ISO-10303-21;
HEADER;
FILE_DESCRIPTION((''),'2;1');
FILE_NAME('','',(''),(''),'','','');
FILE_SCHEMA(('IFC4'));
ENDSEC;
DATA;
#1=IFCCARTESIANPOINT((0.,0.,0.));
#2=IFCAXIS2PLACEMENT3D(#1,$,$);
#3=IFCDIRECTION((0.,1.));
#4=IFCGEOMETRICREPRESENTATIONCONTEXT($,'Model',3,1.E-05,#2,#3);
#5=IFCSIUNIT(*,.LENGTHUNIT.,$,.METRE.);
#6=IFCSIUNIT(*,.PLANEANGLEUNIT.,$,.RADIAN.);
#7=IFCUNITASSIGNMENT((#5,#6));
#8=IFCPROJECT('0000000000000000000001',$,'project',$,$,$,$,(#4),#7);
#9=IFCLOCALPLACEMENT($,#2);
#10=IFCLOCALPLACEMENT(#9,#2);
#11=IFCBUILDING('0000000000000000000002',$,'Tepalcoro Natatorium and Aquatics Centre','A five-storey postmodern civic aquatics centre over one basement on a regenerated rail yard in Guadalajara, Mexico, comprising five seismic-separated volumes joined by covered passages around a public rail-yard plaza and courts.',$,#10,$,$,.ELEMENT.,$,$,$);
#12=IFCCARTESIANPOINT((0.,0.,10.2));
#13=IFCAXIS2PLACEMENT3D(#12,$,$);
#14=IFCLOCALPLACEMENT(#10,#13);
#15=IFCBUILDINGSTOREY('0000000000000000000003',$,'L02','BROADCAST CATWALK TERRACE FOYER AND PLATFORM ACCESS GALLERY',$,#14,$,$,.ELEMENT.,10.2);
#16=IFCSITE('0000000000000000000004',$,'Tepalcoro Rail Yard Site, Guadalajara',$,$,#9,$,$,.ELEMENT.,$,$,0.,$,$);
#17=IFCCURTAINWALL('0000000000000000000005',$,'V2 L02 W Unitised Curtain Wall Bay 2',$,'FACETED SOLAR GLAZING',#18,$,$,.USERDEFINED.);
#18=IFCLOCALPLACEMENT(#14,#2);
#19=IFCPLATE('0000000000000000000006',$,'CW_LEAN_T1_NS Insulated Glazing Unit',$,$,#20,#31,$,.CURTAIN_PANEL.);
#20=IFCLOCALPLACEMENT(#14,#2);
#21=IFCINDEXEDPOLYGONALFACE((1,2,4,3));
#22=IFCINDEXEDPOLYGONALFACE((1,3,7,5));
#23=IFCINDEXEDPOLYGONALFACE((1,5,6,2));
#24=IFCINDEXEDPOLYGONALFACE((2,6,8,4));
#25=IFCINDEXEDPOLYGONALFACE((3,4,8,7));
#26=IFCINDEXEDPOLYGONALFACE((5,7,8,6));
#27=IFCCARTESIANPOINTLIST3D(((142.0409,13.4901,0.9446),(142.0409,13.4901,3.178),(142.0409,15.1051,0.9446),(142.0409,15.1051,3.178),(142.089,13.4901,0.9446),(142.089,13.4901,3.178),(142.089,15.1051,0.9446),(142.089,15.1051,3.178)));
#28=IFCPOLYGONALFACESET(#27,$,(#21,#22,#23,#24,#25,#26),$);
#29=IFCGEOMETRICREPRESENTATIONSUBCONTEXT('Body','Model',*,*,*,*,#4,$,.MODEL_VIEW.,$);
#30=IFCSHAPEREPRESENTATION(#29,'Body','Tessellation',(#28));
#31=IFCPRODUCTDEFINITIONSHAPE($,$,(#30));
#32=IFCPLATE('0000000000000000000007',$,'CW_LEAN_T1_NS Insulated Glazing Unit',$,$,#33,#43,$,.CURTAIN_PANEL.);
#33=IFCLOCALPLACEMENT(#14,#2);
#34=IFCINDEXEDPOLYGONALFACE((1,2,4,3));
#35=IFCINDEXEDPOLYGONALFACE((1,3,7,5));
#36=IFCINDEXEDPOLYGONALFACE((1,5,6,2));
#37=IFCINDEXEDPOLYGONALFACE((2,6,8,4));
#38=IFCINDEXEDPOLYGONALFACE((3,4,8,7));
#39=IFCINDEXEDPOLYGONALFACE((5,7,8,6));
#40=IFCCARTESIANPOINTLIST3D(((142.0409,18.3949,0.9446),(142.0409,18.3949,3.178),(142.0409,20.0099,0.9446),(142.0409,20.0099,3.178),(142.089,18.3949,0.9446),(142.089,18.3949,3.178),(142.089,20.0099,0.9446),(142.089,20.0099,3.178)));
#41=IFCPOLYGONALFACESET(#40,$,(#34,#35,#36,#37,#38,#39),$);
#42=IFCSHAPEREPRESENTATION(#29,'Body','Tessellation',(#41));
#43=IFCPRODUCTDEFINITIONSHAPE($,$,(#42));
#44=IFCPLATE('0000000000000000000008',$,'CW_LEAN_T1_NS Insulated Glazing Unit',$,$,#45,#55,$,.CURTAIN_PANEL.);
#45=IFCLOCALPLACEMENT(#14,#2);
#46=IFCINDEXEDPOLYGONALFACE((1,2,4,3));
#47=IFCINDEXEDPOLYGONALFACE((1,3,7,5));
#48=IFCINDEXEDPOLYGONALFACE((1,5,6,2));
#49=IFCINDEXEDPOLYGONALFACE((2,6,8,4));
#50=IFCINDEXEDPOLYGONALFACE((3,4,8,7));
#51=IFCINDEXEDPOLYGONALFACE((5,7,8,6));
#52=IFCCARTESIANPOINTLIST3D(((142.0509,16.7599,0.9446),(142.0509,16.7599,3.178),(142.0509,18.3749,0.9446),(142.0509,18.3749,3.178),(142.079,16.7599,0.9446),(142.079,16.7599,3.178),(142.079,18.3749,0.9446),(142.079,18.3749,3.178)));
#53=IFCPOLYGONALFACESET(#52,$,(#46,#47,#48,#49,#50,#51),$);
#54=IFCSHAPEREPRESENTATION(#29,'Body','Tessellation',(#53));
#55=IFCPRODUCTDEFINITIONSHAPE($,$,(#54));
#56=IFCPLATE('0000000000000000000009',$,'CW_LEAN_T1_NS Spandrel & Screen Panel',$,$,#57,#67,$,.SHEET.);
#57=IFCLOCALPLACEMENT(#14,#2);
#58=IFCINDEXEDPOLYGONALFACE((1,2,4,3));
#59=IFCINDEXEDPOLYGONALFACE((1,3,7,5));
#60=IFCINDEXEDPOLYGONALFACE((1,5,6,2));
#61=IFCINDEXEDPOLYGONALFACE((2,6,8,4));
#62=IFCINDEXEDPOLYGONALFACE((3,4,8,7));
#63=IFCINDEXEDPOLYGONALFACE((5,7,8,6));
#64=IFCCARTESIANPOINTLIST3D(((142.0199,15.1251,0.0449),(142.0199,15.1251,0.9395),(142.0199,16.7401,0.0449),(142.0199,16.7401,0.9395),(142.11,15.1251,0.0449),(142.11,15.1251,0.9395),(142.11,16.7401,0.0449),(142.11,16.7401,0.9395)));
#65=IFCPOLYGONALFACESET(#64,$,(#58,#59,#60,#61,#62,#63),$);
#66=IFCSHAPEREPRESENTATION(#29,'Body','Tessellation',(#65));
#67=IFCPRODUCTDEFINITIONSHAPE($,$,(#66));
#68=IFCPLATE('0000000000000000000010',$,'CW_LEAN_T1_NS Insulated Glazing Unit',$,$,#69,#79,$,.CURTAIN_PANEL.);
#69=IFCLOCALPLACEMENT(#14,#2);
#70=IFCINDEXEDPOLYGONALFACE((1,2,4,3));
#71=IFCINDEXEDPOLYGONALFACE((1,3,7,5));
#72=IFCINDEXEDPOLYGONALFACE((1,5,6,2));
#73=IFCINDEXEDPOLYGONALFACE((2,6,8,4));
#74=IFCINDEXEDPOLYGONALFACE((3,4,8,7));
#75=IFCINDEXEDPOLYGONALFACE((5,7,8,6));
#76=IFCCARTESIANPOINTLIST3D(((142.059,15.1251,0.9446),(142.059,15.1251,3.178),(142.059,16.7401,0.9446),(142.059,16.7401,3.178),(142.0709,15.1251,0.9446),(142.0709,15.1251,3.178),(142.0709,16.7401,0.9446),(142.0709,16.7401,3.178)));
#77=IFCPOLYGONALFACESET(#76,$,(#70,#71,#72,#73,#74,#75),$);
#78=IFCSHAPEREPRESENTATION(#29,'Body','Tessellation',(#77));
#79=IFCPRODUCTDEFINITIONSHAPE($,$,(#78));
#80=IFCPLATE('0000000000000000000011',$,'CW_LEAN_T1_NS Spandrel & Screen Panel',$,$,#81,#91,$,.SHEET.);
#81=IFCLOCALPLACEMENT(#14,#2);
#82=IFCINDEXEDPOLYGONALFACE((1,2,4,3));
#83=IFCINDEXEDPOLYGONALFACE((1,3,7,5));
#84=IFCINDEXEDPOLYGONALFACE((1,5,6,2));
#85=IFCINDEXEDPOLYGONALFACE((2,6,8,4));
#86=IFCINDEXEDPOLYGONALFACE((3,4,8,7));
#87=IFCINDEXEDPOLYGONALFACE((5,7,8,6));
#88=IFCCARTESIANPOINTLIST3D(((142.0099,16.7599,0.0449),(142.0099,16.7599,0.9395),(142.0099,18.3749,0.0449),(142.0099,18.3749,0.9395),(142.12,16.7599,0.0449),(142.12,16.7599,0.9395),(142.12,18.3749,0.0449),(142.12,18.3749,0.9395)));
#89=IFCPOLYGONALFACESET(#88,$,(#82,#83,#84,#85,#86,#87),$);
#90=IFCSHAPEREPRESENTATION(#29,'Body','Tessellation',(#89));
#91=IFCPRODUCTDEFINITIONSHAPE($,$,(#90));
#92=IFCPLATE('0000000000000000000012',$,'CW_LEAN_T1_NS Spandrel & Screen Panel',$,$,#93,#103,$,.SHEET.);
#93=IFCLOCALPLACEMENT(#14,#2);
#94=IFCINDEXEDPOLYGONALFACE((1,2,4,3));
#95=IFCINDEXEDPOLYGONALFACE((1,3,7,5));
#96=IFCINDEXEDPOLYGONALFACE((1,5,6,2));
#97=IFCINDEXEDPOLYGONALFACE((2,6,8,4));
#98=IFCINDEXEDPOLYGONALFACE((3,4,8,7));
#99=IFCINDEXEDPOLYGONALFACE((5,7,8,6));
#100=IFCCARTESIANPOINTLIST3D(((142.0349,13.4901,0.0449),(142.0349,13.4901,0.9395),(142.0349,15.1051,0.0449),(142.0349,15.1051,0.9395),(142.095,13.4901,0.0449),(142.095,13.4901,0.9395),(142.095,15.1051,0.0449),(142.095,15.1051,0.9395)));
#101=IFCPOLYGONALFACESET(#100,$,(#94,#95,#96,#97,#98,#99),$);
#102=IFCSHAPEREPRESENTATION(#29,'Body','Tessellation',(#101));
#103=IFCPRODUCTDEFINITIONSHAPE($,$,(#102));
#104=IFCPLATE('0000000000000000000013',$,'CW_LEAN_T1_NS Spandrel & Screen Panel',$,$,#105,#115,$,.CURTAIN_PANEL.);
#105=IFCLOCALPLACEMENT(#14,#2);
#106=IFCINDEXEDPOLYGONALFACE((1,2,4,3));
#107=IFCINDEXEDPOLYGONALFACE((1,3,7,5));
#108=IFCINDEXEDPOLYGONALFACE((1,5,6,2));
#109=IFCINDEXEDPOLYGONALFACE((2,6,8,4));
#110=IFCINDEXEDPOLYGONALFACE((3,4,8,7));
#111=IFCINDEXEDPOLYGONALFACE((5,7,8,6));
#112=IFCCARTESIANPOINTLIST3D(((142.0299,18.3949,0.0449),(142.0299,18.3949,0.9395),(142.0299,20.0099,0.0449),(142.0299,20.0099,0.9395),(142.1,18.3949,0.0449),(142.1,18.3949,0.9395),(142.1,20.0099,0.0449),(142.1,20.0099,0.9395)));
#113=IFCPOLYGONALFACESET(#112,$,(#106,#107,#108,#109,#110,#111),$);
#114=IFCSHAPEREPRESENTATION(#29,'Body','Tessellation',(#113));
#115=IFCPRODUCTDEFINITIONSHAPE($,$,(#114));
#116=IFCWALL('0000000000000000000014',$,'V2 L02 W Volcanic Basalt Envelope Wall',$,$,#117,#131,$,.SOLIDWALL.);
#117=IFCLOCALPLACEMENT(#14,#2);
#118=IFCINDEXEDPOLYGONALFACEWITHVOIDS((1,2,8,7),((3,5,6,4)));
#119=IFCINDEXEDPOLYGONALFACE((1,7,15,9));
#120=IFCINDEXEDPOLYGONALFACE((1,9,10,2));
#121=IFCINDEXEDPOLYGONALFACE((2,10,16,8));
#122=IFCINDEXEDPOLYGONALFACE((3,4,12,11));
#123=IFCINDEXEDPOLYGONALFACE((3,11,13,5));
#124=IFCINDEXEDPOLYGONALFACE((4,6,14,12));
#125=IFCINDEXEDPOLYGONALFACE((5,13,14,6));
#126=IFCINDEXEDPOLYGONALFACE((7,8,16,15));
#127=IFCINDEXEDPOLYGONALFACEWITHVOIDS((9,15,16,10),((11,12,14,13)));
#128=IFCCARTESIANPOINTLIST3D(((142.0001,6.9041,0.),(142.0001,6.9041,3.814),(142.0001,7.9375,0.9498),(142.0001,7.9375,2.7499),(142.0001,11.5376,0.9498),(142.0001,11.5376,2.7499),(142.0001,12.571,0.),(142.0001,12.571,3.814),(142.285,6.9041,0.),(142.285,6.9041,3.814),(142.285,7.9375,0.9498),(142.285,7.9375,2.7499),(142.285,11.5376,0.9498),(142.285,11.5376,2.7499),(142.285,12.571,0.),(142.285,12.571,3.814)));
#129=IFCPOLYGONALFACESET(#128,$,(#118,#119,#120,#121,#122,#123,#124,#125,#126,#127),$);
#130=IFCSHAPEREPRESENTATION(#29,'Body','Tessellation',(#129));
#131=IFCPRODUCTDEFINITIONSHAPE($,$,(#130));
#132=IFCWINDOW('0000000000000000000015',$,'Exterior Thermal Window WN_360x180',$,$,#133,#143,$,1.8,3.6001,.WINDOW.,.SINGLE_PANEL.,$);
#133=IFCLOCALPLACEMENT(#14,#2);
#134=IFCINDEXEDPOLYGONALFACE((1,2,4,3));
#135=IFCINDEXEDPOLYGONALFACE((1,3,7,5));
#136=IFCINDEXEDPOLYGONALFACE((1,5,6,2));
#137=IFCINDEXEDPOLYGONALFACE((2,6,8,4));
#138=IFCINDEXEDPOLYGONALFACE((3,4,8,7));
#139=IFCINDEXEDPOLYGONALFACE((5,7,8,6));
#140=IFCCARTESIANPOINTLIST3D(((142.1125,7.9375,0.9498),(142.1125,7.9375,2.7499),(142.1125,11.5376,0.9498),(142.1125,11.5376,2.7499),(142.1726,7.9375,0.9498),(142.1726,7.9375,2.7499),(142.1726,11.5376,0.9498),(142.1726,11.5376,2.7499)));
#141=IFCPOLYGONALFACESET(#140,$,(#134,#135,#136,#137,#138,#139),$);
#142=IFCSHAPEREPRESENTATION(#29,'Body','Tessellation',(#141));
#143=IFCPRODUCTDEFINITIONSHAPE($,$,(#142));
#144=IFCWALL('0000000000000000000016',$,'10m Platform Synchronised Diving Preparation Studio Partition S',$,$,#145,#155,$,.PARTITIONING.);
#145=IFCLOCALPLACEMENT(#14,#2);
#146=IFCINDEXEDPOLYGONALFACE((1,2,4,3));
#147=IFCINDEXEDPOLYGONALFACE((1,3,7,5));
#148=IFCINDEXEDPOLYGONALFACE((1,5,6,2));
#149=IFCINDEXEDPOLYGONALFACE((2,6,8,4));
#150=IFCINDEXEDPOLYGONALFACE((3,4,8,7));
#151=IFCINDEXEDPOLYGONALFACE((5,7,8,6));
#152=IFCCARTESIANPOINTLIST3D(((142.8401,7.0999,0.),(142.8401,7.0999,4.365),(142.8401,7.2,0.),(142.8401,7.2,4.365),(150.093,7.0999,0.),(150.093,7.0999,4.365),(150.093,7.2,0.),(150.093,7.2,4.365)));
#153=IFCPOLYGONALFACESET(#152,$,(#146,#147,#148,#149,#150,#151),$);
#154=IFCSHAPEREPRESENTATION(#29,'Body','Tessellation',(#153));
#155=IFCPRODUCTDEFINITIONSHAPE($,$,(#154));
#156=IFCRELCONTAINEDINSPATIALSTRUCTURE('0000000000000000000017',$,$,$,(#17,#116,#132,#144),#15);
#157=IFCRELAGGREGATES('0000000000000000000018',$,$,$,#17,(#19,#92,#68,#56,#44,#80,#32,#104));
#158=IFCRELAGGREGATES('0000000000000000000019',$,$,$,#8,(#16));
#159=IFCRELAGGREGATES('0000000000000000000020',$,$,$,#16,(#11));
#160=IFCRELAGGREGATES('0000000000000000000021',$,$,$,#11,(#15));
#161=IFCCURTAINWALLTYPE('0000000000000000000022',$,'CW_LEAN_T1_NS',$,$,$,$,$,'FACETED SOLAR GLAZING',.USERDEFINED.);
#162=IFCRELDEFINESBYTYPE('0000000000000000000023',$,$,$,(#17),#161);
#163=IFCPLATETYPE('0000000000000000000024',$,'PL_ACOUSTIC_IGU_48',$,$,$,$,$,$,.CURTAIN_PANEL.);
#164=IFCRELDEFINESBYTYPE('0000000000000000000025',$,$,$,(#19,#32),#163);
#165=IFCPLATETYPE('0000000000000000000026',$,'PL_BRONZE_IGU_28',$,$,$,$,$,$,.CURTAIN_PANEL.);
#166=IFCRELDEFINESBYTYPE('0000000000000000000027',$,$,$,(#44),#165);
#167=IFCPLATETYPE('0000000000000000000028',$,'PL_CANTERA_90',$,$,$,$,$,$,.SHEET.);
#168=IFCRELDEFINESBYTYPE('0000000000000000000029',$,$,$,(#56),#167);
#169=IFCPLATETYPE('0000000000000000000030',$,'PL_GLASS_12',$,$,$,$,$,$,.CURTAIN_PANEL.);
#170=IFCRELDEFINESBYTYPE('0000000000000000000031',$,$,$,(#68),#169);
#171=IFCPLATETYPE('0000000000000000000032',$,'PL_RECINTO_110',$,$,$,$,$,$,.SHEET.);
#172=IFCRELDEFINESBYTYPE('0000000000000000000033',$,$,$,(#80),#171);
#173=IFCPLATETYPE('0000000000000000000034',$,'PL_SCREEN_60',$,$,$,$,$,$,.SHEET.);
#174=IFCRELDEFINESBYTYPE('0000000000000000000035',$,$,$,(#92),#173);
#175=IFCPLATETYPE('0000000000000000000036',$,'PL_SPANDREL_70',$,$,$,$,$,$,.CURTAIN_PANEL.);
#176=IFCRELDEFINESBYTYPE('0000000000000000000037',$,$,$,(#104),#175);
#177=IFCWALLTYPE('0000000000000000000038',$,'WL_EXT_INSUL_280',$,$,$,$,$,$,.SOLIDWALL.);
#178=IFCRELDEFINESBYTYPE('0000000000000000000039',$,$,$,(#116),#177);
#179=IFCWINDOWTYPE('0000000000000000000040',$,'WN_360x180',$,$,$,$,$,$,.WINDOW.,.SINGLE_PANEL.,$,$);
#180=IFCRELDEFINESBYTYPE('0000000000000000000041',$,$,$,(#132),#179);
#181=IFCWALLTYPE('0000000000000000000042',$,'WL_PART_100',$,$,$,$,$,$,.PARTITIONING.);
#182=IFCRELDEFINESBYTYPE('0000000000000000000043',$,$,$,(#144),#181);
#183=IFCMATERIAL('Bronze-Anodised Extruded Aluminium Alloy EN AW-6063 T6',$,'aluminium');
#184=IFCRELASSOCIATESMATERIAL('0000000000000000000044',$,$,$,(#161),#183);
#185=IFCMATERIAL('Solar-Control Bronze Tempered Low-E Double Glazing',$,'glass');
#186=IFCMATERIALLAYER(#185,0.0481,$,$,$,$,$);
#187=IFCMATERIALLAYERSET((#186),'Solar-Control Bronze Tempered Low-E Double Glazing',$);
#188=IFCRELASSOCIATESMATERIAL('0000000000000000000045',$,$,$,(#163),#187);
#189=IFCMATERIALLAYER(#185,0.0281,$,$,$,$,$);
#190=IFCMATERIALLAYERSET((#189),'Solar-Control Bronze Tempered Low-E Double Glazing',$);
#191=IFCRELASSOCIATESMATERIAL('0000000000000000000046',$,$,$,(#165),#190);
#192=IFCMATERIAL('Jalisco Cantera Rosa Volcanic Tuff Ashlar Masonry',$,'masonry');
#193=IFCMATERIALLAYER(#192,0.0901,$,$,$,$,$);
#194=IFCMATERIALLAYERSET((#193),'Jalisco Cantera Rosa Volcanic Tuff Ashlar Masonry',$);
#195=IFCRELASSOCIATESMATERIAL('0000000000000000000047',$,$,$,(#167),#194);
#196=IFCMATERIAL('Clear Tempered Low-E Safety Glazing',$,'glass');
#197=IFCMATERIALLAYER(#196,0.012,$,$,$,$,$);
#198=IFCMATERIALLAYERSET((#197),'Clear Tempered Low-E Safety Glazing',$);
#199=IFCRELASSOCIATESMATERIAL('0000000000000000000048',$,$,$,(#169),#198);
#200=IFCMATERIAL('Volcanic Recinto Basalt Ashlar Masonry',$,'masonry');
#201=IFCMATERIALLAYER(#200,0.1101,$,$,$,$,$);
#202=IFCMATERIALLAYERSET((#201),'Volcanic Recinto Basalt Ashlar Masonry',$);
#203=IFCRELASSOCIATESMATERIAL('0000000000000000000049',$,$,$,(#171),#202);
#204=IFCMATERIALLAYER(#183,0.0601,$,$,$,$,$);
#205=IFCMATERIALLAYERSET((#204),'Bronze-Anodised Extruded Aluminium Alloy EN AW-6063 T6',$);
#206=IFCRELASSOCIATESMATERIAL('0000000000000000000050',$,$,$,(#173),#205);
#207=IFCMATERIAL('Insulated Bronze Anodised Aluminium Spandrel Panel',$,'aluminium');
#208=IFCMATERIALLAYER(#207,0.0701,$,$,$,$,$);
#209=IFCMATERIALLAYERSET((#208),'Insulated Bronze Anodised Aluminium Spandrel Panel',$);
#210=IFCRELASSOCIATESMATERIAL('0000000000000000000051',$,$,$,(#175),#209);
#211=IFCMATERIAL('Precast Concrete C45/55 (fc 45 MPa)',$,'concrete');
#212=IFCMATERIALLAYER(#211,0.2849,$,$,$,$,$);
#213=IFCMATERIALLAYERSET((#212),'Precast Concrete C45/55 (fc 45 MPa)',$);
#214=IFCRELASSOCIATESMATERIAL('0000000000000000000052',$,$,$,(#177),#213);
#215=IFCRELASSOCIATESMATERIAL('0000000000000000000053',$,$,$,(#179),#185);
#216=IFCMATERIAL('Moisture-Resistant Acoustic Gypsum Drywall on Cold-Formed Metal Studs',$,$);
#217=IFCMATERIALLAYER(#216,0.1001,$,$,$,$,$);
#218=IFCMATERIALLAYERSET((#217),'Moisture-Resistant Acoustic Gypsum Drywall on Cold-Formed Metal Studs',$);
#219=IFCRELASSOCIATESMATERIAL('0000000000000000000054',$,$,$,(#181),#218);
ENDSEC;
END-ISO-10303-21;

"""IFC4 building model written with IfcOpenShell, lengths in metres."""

from ifc_helpers import new_model, si_unit, direction, frame, frame_2d, origin, origin_2d, place, context, subcontext, project, spatial, rectangle, extrude, material, layer, layer_set, type_object, element, fill, aggregate, save


model = new_model("IFC4")

# Units and contexts
model_context = context("Model", 3, precision=1e-05, world=origin(), true_north=direction((0.0, 1.0)))
body_context = subcontext(model_context, "Body", "Model", "MODEL_VIEW")
ifc_project = project(units=[si_unit("LENGTHUNIT", "METRE"), si_unit("PLANEANGLEUNIT", "RADIAN")], contexts=[model_context])

# Site, building, storey
site_placement = place(None, origin())
site = spatial("IfcSite", under=ifc_project, at=site_placement, Name="Tepalcoro Rail Yard Site, Guadalajara", CompositionType="ELEMENT", RefElevation=0.0)
building_placement = place(site_placement, origin())
building = spatial("IfcBuilding", under=site, at=building_placement, Name="Tepalcoro Natatorium and Aquatics Centre", Description="A five-storey postmodern civic aquatics centre over one basement on a regenerated rail yard in Guadalajara, Mexico, comprising five seismic-separated volumes joined by covered passages around a public rail-yard plaza and courts.", CompositionType="ELEMENT")
storey_placement = place(building_placement, frame((0.0, 0.0, 10.2)))
storey = spatial("IfcBuildingStorey", under=building, at=storey_placement, Name="L02", Description="BROADCAST CATWALK TERRACE FOYER AND PLATFORM ACCESS GALLERY", CompositionType="ELEMENT", Elevation=10.2)

# Curtain wall
ifc_material_1 = material(Name="Bronze-Anodised Extruded Aluminium Alloy EN AW-6063 T6", Category="aluminium")
curtain_wall_type = type_object("IfcCurtainWallType", Name="CW_LEAN_T1_NS", ElementType="FACETED SOLAR GLAZING", PredefinedType="USERDEFINED", material=ifc_material_1)
curtain_wall_placement = place(storey_placement, origin())
curtain_wall = element("IfcCurtainWall", 1, at=curtain_wall_placement, inside=storey, type_object=curtain_wall_type, Name="V2 L02 W Unitised Curtain Wall Bay 2", ObjectType="FACETED SOLAR GLAZING", PredefinedType="USERDEFINED")

# Plates
ifc_material_2 = material(Name="Solar-Control Bronze Tempered Low-E Double Glazing", Category="glass")
ifc_layer_1 = layer(ifc_material_2, 0.0481)
ifc_layer_set_1 = layer_set([ifc_layer_1], Name="Solar-Control Bronze Tempered Low-E Double Glazing")
plate_type_1 = type_object("IfcPlateType", Name="PL_ACOUSTIC_IGU_48", PredefinedType="CURTAIN_PANEL", material=ifc_layer_set_1)
plate_1_placement = place(storey_placement, frame((142.0649, 14.2976, 0.9446), z_axis=(0.0, 0.0, 1.0), x_axis=(1.0, 0.0, 0.0)))
plate_1 = element("IfcPlate", 2, at=plate_1_placement, type_object=plate_type_1, Name="CW_LEAN_T1_NS Insulated Glazing Unit", PredefinedType="CURTAIN_PANEL", context=body_context, shape_type="SweptSolid", body=[
    extrude(rectangle(XDim=0.0481, YDim=1.615, at=origin_2d()), origin(), (0.0, 0.0, 1.0), 2.2334),
])
plate_2_placement = place(storey_placement, frame((142.0649, 19.2024, 0.9446), z_axis=(0.0, 0.0, 1.0), x_axis=(1.0, 0.0, 0.0)))
plate_2 = element("IfcPlate", 3, at=plate_2_placement, type_object=plate_type_1, Name="CW_LEAN_T1_NS Insulated Glazing Unit", PredefinedType="CURTAIN_PANEL", context=body_context, shape_type="SweptSolid", body=[
    extrude(rectangle(XDim=0.0481, YDim=1.615, at=origin_2d()), origin(), (0.0, 0.0, 1.0), 2.2334),
])
ifc_layer_2 = layer(ifc_material_2, 0.0281)
ifc_layer_set_2 = layer_set([ifc_layer_2], Name="Solar-Control Bronze Tempered Low-E Double Glazing")
plate_type_2 = type_object("IfcPlateType", Name="PL_BRONZE_IGU_28", PredefinedType="CURTAIN_PANEL", material=ifc_layer_set_2)
plate_3_placement = place(storey_placement, frame((142.0649, 17.5674, 0.9446), z_axis=(0.0, 0.0, 1.0), x_axis=(1.0, 0.0, 0.0)))
plate_3 = element("IfcPlate", 4, at=plate_3_placement, type_object=plate_type_2, Name="CW_LEAN_T1_NS Insulated Glazing Unit", PredefinedType="CURTAIN_PANEL", context=body_context, shape_type="SweptSolid", body=[
    extrude(rectangle(XDim=0.0281, YDim=1.615, at=origin_2d()), origin(), (0.0, 0.0, 1.0), 2.2334),
])
ifc_material_3 = material(Name="Jalisco Cantera Rosa Volcanic Tuff Ashlar Masonry", Category="masonry")
ifc_layer_3 = layer(ifc_material_3, 0.0901)
ifc_layer_set_3 = layer_set([ifc_layer_3], Name="Jalisco Cantera Rosa Volcanic Tuff Ashlar Masonry")
plate_type_3 = type_object("IfcPlateType", Name="PL_CANTERA_90", PredefinedType="SHEET", material=ifc_layer_set_3)
plate_4_placement = place(storey_placement, frame((142.0649, 15.9326, 0.0449), z_axis=(0.0, 0.0, 1.0), x_axis=(1.0, 0.0, 0.0)))
plate_4 = element("IfcPlate", 5, at=plate_4_placement, type_object=plate_type_3, Name="CW_LEAN_T1_NS Spandrel & Screen Panel", PredefinedType="SHEET", context=body_context, shape_type="SweptSolid", body=[
    extrude(rectangle(XDim=0.0901, YDim=1.615, at=origin_2d()), origin(), (0.0, 0.0, 1.0), 0.8945),
])
ifc_material_4 = material(Name="Clear Tempered Low-E Safety Glazing", Category="glass")
ifc_layer_4 = layer(ifc_material_4, 0.012)
ifc_layer_set_4 = layer_set([ifc_layer_4], Name="Clear Tempered Low-E Safety Glazing")
plate_type_4 = type_object("IfcPlateType", Name="PL_GLASS_12", PredefinedType="CURTAIN_PANEL", material=ifc_layer_set_4)
plate_5_placement = place(storey_placement, frame((142.0649, 15.9326, 0.9446), z_axis=(0.0, 0.0, 1.0), x_axis=(1.0, 0.0, 0.0)))
plate_5 = element("IfcPlate", 6, at=plate_5_placement, type_object=plate_type_4, Name="CW_LEAN_T1_NS Insulated Glazing Unit", PredefinedType="CURTAIN_PANEL", context=body_context, shape_type="SweptSolid", body=[
    extrude(rectangle(XDim=0.012, YDim=1.615, at=origin_2d()), origin(), (0.0, 0.0, 1.0), 2.2334),
])
ifc_material_5 = material(Name="Volcanic Recinto Basalt Ashlar Masonry", Category="masonry")
ifc_layer_5 = layer(ifc_material_5, 0.1101)
ifc_layer_set_5 = layer_set([ifc_layer_5], Name="Volcanic Recinto Basalt Ashlar Masonry")
plate_type_5 = type_object("IfcPlateType", Name="PL_RECINTO_110", PredefinedType="SHEET", material=ifc_layer_set_5)
plate_6_placement = place(storey_placement, frame((142.0649, 17.5674, 0.0449), z_axis=(0.0, 0.0, 1.0), x_axis=(1.0, 0.0, 0.0)))
plate_6 = element("IfcPlate", 7, at=plate_6_placement, type_object=plate_type_5, Name="CW_LEAN_T1_NS Spandrel & Screen Panel", PredefinedType="SHEET", context=body_context, shape_type="SweptSolid", body=[
    extrude(rectangle(XDim=0.1101, YDim=1.615, at=origin_2d()), origin(), (0.0, 0.0, 1.0), 0.8945),
])
ifc_layer_6 = layer(ifc_material_1, 0.0601)
ifc_layer_set_6 = layer_set([ifc_layer_6], Name="Bronze-Anodised Extruded Aluminium Alloy EN AW-6063 T6")
plate_type_6 = type_object("IfcPlateType", Name="PL_SCREEN_60", PredefinedType="SHEET", material=ifc_layer_set_6)
plate_7_placement = place(storey_placement, frame((142.0649, 14.2976, 0.0449), z_axis=(0.0, 0.0, 1.0), x_axis=(1.0, 0.0, 0.0)))
plate_7 = element("IfcPlate", 8, at=plate_7_placement, type_object=plate_type_6, Name="CW_LEAN_T1_NS Spandrel & Screen Panel", PredefinedType="SHEET", context=body_context, shape_type="SweptSolid", body=[
    extrude(rectangle(XDim=0.0601, YDim=1.615, at=origin_2d()), origin(), (0.0, 0.0, 1.0), 0.8945),
])
ifc_material_6 = material(Name="Insulated Bronze Anodised Aluminium Spandrel Panel", Category="aluminium")
ifc_layer_7 = layer(ifc_material_6, 0.0701)
ifc_layer_set_7 = layer_set([ifc_layer_7], Name="Insulated Bronze Anodised Aluminium Spandrel Panel")
plate_type_7 = type_object("IfcPlateType", Name="PL_SPANDREL_70", PredefinedType="CURTAIN_PANEL", material=ifc_layer_set_7)
plate_8_placement = place(storey_placement, frame((142.0649, 19.2024, 0.0449), z_axis=(0.0, 0.0, 1.0), x_axis=(1.0, 0.0, 0.0)))
plate_8 = element("IfcPlate", 9, at=plate_8_placement, type_object=plate_type_7, Name="CW_LEAN_T1_NS Spandrel & Screen Panel", PredefinedType="CURTAIN_PANEL", context=body_context, shape_type="SweptSolid", body=[
    extrude(rectangle(XDim=0.0701, YDim=1.615, at=origin_2d()), origin(), (0.0, 0.0, 1.0), 0.8945),
])
aggregate(curtain_wall, [plate_1, plate_7, plate_5, plate_4, plate_3, plate_6, plate_2, plate_8])

# Wall, opening, window
ifc_material_7 = material(Name="Precast Concrete C45/55 (fc 45 MPa)", Category="concrete")
ifc_layer_8 = layer(ifc_material_7, 0.2849)
ifc_layer_set_8 = layer_set([ifc_layer_8], Name="Precast Concrete C45/55 (fc 45 MPa)")
wall_type_1 = type_object("IfcWallType", Name="WL_EXT_INSUL_280", PredefinedType="SOLIDWALL", material=ifc_layer_set_8)
wall_1_placement = place(storey_placement, frame((142.1426, 6.9041, 0.0), z_axis=(0.0, 0.0, 1.0), x_axis=(0.0, 1.0, 0.0)))
wall_1 = element("IfcWall", 10, at=wall_1_placement, inside=storey, type_object=wall_type_1, Name="V2 L02 W Volcanic Basalt Envelope Wall", PredefinedType="SOLIDWALL", context=body_context, shape_type="SweptSolid", body=[
    extrude(rectangle(XDim=5.667, YDim=0.2849, at=frame_2d((2.8335, 0.0))), origin(), (0.0, 0.0, 1.0), 3.814),
])
opening_1_placement = place(wall_1_placement, frame((1.0334, 0.0, 0.95)))
opening_1 = element("IfcOpeningElement", 11, at=opening_1_placement, cuts=wall_1, PredefinedType="OPENING", context=body_context, shape_type="SweptSolid", body=[
    extrude(rectangle(XDim=3.6001, YDim=1.8, at=frame_2d((1.8, 0.8999))), frame((0.0, 0.1543, 0.0), z_axis=(0.0, -1.0, 0.0), x_axis=(1.0, 0.0, 0.0)), (0.0, 0.0, 1.0), 0.3088),
])
window_type = type_object("IfcWindowType", Name="WN_360x180", PartitioningType="SINGLE_PANEL", PredefinedType="WINDOW", material=ifc_material_2)
window_placement = place(opening_1_placement, origin())
window = element("IfcWindow", 12, at=window_placement, inside=storey, type_object=window_type, Name="Exterior Thermal Window WN_360x180", OverallHeight=1.8, OverallWidth=3.6001, PartitioningType="SINGLE_PANEL", PredefinedType="WINDOW", context=body_context, shape_type="SweptSolid", body=[
    extrude(rectangle(XDim=3.6001, YDim=1.8, at=frame_2d((1.8, 0.8999))), frame((0.0, 0.03, 0.0), z_axis=(0.0, -1.0, 0.0), x_axis=(1.0, 0.0, 0.0)), (0.0, 0.0, 1.0), 0.0601),
])
fill(opening_1, window)

# Wall
ifc_material_8 = material(Name="Moisture-Resistant Acoustic Gypsum Drywall on Cold-Formed Metal Studs")
ifc_layer_9 = layer(ifc_material_8, 0.1001)
ifc_layer_set_9 = layer_set([ifc_layer_9], Name="Moisture-Resistant Acoustic Gypsum Drywall on Cold-Formed Metal Studs")
wall_type_2 = type_object("IfcWallType", Name="WL_PART_100", PredefinedType="PARTITIONING", material=ifc_layer_set_9)
wall_2_placement = place(storey_placement, frame((142.8401, 7.1499, 0.0), z_axis=(0.0, 0.0, 1.0), x_axis=(1.0, 0.0, 0.0)))
element("IfcWall", 13, at=wall_2_placement, inside=storey, type_object=wall_type_2, Name="10m Platform Synchronised Diving Preparation Studio Partition S", PredefinedType="PARTITIONING", context=body_context, shape_type="SweptSolid", body=[
    extrude(rectangle(XDim=7.2529, YDim=0.1001, at=frame_2d((3.6265, 0.0))), origin(), (0.0, 0.0, 1.0), 4.365),
])

save(model, "model.ifc")
